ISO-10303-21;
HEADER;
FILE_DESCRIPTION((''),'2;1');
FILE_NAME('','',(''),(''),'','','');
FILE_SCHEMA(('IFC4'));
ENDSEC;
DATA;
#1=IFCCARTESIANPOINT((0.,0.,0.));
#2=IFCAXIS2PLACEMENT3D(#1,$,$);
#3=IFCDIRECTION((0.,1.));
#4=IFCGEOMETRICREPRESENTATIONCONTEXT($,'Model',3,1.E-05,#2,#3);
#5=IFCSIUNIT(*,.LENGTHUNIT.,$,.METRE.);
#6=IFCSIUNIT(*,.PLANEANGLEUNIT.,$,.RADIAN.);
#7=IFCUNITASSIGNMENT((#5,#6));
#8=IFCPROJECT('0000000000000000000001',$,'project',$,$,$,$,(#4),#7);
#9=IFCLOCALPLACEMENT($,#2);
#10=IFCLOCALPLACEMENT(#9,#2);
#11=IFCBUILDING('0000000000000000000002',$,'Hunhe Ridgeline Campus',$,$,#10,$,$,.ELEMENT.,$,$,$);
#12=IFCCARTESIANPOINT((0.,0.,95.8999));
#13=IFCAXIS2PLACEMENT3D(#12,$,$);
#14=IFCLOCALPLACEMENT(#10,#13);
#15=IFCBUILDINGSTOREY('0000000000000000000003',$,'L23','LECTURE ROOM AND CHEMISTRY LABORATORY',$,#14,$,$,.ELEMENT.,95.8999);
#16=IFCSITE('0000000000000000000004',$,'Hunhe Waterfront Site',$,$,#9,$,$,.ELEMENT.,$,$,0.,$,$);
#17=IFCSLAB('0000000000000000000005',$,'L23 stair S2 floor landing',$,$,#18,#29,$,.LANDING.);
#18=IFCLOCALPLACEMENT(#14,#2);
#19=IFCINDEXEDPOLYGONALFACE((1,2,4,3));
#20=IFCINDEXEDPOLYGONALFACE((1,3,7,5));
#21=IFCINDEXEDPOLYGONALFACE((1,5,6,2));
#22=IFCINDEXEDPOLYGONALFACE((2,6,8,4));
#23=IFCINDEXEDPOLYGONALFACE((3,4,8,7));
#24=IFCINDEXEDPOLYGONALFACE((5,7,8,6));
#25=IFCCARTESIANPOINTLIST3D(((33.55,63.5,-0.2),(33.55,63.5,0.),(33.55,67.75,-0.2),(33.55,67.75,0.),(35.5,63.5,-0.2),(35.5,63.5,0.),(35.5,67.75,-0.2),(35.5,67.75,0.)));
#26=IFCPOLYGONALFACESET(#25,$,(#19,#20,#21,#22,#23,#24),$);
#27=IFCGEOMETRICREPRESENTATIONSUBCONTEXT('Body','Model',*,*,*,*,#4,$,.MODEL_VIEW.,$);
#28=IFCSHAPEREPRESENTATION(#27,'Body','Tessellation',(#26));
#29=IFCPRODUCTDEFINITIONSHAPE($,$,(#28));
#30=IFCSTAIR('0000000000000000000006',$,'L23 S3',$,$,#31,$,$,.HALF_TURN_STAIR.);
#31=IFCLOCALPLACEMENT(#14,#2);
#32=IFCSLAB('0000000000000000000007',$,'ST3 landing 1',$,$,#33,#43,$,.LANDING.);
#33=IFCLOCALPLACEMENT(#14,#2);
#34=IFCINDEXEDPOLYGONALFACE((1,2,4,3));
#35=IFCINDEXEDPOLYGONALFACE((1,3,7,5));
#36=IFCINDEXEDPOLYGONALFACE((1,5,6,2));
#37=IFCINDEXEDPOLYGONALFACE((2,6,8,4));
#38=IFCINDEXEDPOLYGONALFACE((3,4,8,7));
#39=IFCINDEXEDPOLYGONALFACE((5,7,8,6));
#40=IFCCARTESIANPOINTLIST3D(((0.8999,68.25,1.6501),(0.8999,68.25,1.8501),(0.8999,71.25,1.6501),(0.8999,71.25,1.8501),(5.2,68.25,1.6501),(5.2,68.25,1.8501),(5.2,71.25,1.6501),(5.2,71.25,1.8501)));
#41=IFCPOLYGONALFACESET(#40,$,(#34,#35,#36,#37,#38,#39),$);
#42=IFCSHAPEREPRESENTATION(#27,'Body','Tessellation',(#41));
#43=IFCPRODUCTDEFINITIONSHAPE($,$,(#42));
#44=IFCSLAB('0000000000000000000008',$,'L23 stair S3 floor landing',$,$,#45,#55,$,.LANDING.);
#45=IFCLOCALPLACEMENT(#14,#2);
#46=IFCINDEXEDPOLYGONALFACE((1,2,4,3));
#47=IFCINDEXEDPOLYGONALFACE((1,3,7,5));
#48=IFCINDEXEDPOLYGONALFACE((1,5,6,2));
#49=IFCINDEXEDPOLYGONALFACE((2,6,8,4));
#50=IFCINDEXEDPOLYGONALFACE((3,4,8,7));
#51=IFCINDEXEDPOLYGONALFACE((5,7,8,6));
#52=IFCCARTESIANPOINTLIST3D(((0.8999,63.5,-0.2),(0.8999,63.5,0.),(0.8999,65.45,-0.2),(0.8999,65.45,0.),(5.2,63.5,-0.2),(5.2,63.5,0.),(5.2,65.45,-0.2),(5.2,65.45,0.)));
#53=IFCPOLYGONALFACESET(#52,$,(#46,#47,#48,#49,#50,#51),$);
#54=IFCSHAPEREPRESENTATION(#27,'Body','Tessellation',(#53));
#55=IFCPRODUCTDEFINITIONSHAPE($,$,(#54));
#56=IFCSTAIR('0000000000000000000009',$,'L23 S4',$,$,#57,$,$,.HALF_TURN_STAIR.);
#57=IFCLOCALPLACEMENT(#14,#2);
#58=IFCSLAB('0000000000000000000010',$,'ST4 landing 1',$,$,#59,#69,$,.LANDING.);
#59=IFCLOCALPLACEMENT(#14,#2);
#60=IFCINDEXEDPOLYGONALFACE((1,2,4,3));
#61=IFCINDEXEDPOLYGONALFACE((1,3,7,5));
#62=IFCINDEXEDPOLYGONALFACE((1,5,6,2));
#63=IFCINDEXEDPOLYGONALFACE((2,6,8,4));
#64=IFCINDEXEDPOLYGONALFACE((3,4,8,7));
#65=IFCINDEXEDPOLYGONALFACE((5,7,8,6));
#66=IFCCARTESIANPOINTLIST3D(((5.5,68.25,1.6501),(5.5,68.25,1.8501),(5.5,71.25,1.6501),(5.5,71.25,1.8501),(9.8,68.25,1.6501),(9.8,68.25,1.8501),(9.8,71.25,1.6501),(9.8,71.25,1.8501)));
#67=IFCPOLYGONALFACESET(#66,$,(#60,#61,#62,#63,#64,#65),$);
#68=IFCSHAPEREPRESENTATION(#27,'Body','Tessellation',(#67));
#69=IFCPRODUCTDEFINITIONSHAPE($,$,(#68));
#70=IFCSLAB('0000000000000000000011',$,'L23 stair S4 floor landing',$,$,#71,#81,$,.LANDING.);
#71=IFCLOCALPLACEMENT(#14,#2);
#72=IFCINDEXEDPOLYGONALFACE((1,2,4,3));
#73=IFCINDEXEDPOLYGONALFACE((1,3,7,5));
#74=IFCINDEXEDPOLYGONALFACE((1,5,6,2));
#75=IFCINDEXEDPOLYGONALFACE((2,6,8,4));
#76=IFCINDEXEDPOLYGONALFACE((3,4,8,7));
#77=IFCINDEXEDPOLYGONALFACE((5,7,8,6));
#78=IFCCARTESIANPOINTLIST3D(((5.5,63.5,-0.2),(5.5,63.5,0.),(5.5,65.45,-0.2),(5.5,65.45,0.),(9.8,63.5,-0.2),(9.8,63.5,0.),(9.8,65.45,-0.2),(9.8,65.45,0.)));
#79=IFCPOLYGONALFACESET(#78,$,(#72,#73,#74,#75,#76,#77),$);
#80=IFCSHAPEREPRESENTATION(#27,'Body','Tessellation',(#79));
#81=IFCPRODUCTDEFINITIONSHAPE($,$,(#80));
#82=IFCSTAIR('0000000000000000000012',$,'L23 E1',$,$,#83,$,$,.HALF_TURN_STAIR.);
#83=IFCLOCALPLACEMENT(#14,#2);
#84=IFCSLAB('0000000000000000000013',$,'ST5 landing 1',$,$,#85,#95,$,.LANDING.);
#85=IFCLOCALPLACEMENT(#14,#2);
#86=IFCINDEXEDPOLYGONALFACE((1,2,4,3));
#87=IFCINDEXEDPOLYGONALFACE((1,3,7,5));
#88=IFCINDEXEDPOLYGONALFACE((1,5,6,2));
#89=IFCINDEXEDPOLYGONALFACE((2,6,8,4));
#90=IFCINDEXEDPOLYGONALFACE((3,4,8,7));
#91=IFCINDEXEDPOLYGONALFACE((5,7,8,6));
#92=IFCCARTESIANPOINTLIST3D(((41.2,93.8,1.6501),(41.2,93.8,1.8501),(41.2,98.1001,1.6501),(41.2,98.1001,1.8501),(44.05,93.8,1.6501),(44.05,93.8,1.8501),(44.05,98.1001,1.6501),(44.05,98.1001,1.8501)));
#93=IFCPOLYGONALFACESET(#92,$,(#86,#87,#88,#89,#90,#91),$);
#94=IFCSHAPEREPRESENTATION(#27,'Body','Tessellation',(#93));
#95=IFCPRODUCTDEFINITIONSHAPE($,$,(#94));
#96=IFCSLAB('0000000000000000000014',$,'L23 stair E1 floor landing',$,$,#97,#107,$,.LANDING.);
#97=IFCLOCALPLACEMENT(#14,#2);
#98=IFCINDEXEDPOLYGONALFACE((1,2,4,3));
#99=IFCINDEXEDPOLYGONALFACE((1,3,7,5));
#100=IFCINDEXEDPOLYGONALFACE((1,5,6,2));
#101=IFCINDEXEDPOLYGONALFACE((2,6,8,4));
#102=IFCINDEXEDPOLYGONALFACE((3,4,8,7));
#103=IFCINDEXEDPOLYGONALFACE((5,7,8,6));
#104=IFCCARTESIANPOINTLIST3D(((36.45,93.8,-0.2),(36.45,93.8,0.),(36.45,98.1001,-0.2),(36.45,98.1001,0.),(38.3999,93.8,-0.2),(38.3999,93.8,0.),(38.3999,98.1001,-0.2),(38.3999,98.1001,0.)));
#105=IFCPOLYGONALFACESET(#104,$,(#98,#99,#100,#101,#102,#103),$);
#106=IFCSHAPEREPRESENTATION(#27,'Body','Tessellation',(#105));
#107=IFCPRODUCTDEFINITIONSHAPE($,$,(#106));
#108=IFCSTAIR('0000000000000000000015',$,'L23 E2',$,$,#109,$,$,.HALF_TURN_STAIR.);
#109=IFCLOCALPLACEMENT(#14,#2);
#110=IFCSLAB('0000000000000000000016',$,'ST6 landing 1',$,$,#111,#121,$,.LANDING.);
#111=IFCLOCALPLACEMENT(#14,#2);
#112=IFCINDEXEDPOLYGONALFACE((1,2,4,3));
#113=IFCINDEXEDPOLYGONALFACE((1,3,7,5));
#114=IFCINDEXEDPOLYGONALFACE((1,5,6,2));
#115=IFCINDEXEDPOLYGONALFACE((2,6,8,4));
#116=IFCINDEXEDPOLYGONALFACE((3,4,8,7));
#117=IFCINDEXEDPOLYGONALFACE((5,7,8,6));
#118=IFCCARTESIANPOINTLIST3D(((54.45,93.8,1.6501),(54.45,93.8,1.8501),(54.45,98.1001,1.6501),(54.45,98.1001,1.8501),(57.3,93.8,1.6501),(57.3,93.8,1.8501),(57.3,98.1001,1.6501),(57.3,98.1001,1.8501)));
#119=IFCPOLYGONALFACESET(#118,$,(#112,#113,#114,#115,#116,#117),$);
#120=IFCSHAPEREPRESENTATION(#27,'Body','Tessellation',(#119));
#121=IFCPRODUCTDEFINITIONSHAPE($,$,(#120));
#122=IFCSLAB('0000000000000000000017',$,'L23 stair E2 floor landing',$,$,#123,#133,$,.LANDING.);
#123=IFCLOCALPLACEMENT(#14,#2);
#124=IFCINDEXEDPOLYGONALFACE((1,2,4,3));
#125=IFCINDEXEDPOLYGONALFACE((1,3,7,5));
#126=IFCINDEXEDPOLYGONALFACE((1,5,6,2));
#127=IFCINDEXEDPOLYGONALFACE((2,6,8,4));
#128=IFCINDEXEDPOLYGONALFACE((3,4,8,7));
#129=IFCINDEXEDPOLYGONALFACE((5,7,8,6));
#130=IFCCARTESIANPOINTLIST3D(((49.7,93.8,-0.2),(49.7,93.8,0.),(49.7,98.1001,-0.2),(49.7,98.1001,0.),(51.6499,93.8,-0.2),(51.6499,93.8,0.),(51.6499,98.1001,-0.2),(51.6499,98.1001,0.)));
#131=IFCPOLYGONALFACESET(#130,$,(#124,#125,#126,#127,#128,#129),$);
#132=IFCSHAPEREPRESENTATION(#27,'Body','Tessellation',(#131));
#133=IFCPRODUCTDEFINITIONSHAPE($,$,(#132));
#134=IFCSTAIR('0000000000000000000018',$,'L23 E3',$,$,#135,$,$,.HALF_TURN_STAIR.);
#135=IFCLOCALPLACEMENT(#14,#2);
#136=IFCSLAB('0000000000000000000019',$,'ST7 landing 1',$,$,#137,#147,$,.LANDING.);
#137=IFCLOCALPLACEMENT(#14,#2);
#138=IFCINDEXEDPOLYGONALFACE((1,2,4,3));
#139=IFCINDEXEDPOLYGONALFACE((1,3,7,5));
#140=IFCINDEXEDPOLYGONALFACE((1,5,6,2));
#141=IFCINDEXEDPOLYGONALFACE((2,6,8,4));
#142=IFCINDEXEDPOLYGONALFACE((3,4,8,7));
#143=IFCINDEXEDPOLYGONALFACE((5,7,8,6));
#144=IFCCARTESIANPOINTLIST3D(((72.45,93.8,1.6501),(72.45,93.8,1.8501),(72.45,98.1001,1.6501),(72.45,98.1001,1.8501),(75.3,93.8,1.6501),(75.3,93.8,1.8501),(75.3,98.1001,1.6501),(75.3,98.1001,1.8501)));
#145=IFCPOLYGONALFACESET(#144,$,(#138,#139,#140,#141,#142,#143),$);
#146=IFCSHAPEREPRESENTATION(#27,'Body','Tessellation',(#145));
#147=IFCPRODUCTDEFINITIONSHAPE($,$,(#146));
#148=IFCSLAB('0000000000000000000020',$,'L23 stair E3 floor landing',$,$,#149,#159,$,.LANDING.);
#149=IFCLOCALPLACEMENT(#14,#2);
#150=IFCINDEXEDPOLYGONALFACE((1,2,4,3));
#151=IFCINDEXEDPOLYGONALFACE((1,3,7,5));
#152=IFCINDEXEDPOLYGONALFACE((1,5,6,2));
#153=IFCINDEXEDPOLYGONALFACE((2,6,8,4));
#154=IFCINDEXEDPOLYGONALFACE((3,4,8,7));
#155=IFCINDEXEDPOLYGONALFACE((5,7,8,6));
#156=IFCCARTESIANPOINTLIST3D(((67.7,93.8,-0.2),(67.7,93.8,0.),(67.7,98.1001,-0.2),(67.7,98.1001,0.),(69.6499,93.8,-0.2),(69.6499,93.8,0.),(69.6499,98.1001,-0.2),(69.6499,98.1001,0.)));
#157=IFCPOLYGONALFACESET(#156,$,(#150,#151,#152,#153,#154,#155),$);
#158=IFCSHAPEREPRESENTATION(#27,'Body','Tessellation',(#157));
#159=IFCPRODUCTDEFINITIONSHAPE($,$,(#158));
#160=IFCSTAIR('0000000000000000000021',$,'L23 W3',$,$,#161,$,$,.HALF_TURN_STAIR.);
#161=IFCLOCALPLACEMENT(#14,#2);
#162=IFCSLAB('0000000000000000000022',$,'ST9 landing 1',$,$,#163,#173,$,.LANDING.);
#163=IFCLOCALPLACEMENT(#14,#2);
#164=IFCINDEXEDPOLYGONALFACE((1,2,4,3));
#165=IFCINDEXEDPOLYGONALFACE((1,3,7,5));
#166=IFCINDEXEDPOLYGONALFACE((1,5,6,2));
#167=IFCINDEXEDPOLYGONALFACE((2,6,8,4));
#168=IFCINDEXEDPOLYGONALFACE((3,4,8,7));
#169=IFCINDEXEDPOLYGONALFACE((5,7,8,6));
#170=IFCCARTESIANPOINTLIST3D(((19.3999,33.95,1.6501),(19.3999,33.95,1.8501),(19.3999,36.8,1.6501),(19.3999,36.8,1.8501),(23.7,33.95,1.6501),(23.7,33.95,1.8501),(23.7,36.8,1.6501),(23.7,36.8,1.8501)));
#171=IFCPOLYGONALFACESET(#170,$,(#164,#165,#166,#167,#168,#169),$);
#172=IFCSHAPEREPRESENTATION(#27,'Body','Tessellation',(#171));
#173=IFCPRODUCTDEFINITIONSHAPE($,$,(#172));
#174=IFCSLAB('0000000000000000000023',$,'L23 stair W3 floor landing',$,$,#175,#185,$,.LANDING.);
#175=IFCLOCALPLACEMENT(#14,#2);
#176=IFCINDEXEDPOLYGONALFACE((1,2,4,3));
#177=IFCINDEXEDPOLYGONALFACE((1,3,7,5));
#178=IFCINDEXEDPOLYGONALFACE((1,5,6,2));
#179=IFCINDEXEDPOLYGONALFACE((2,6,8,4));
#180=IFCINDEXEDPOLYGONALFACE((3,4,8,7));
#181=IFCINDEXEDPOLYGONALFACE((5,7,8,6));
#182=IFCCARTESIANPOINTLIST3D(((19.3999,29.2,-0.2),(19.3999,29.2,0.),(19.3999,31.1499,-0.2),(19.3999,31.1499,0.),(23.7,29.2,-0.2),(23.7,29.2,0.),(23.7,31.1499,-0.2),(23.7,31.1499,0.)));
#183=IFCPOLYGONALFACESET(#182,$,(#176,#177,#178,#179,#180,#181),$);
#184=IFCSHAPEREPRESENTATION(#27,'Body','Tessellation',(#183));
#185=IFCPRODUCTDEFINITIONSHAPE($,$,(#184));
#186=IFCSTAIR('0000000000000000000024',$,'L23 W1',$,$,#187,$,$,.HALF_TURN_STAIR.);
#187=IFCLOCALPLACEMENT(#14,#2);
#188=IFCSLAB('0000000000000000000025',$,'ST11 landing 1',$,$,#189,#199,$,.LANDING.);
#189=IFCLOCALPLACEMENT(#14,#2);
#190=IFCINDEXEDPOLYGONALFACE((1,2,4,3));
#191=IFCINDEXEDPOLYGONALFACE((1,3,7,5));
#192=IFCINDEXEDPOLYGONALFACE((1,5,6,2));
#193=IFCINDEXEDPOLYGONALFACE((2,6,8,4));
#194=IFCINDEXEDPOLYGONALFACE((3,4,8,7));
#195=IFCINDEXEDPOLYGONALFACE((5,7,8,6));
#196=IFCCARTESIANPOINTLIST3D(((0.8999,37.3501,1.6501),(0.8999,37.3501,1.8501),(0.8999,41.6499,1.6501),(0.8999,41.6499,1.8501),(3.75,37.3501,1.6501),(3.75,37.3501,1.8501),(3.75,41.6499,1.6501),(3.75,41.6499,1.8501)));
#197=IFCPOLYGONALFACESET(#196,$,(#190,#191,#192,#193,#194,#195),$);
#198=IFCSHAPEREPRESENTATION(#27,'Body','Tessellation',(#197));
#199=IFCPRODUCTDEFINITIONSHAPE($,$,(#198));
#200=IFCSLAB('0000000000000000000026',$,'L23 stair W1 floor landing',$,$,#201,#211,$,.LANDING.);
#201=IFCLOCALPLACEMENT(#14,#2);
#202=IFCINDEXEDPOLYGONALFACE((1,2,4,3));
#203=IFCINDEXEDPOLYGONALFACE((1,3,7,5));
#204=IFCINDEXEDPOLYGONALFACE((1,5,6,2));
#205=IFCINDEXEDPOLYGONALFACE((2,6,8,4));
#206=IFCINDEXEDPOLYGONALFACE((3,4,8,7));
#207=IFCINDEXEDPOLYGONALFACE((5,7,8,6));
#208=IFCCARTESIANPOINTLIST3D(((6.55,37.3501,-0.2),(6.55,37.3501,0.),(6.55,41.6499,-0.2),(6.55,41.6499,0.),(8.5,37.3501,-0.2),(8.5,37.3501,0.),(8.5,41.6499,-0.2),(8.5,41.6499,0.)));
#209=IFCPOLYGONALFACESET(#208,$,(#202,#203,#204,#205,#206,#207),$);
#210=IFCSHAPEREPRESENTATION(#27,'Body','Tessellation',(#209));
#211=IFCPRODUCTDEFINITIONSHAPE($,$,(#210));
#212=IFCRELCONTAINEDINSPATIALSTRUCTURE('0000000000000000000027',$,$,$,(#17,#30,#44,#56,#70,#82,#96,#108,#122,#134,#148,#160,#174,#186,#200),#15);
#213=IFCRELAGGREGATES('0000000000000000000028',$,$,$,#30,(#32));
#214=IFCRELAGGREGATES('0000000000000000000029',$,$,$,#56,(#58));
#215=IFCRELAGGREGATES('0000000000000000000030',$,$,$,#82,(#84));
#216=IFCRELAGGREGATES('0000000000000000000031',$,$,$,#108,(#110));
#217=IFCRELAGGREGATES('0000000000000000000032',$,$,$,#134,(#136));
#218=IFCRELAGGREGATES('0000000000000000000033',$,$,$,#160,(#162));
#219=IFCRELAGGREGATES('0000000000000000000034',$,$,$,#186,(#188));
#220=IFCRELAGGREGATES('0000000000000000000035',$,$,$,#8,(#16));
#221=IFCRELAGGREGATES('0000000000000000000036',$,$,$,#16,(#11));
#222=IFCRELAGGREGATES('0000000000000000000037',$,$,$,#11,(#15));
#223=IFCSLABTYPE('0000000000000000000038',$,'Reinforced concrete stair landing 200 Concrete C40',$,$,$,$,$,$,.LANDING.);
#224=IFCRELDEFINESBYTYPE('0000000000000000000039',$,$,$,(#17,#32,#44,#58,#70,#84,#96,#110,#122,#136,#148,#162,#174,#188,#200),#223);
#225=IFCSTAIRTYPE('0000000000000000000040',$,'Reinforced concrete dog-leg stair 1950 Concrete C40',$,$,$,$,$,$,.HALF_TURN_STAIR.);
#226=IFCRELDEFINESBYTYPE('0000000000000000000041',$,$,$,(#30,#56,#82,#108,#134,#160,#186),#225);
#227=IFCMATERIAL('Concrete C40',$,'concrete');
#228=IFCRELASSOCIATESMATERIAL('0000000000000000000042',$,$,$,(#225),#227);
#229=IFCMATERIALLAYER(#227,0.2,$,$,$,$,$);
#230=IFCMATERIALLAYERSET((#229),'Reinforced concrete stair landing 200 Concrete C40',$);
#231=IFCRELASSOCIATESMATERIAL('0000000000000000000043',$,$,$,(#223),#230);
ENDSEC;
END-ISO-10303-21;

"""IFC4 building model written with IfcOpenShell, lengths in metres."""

from ifc_helpers import new_model, si_unit, direction, frame, origin, place, context, subcontext, project, spatial, polyline, outline, extrude, material, layer, layer_set, type_object, element, aggregate, save


model = new_model("IFC4")

# Units and contexts
model_context = context("Model", 3, precision=1e-05, world=origin(), true_north=direction((0.0, 1.0)))
body_context = subcontext(model_context, "Body", "Model", "MODEL_VIEW")
ifc_project = project(units=[si_unit("LENGTHUNIT", "METRE"), si_unit("PLANEANGLEUNIT", "RADIAN")], contexts=[model_context])

# Site, building, storey
site_placement = place(None, origin())
site = spatial("IfcSite", under=ifc_project, at=site_placement, Name="Hunhe Waterfront Site", CompositionType="ELEMENT", RefElevation=0.0)
building_placement = place(site_placement, origin())
building = spatial("IfcBuilding", under=site, at=building_placement, Name="Hunhe Ridgeline Campus", CompositionType="ELEMENT")
storey_placement = place(building_placement, frame((0.0, 0.0, 95.8999)))
storey = spatial("IfcBuildingStorey", under=building, at=storey_placement, Name="L23", Description="LECTURE ROOM AND CHEMISTRY LABORATORY", CompositionType="ELEMENT", Elevation=95.8999)

# Shared definitions
ifc_material_1 = material(Name="Concrete C40", Category="concrete")

# Shared definitions
stair_type = type_object("IfcStairType", Name="Reinforced concrete dog-leg stair 1950 Concrete C40", PredefinedType="HALF_TURN_STAIR", material=ifc_material_1)
ifc_layer_1 = layer(ifc_material_1, 0.2)
ifc_layer_set_1 = layer_set([ifc_layer_1], Name="Reinforced concrete stair landing 200 Concrete C40")
slab_type_1 = type_object("IfcSlabType", Name="Reinforced concrete stair landing 200 Concrete C40", PredefinedType="LANDING", material=ifc_layer_set_1)

# Slab
slab_1_placement = place(storey_placement, frame((0.0, 0.0, -0.2)))
element("IfcSlab", 1, at=slab_1_placement, inside=storey, type_object=slab_type_1, Name="L23 stair S2 floor landing", PredefinedType="LANDING", context=body_context, shape_type="SweptSolid", body=[
    extrude(outline(polyline([(35.5, 67.75), (33.55, 67.75), (33.55, 63.5), (35.5, 63.5), (35.5, 67.75)])), origin(), (0.0, 0.0, 1.0), 0.2),
])

# Stair, slab
stair_1_placement = place(storey_placement, origin())
stair_1 = element("IfcStair", 2, at=stair_1_placement, inside=storey, type_object=stair_type, Name="L23 S3", PredefinedType="HALF_TURN_STAIR")
slab_2_placement = place(storey_placement, frame((0.0, 0.0, 1.6501)))
slab_2 = element("IfcSlab", 3, at=slab_2_placement, type_object=slab_type_1, Name="ST3 landing 1", PredefinedType="LANDING", context=body_context, shape_type="SweptSolid", body=[
    extrude(outline(polyline([(5.2, 68.25), (5.2, 71.25), (0.8999, 71.25), (0.8999, 68.25), (5.2, 68.25)])), origin(), (0.0, 0.0, 1.0), 0.2),
])
aggregate(stair_1, [slab_2])

# Slab
slab_3_placement = place(storey_placement, frame((0.0, 0.0, -0.2)))
element("IfcSlab", 4, at=slab_3_placement, inside=storey, type_object=slab_type_1, Name="L23 stair S3 floor landing", PredefinedType="LANDING", context=body_context, shape_type="SweptSolid", body=[
    extrude(outline(polyline([(5.2, 63.5), (5.2, 65.45), (0.8999, 65.45), (0.8999, 63.5), (5.2, 63.5)])), origin(), (0.0, 0.0, 1.0), 0.2),
])

# Stair, slab
stair_2_placement = place(storey_placement, origin())
stair_2 = element("IfcStair", 5, at=stair_2_placement, inside=storey, type_object=stair_type, Name="L23 S4", PredefinedType="HALF_TURN_STAIR")
slab_4_placement = place(storey_placement, frame((0.0, 0.0, 1.6501)))
slab_4 = element("IfcSlab", 6, at=slab_4_placement, type_object=slab_type_1, Name="ST4 landing 1", PredefinedType="LANDING", context=body_context, shape_type="SweptSolid", body=[
    extrude(outline(polyline([(9.8, 68.25), (9.8, 71.25), (5.5, 71.25), (5.5, 68.25), (9.8, 68.25)])), origin(), (0.0, 0.0, 1.0), 0.2),
])
aggregate(stair_2, [slab_4])

# Slab
slab_5_placement = place(storey_placement, frame((0.0, 0.0, -0.2)))
element("IfcSlab", 7, at=slab_5_placement, inside=storey, type_object=slab_type_1, Name="L23 stair S4 floor landing", PredefinedType="LANDING", context=body_context, shape_type="SweptSolid", body=[
    extrude(outline(polyline([(9.8, 63.5), (9.8, 65.45), (5.5, 65.45), (5.5, 63.5), (9.8, 63.5)])), origin(), (0.0, 0.0, 1.0), 0.2),
])

# Stair, slab
stair_3_placement = place(storey_placement, origin())
stair_3 = element("IfcStair", 8, at=stair_3_placement, inside=storey, type_object=stair_type, Name="L23 E1", PredefinedType="HALF_TURN_STAIR")
slab_6_placement = place(storey_placement, frame((0.0, 0.0, 1.6501)))
slab_6 = element("IfcSlab", 9, at=slab_6_placement, type_object=slab_type_1, Name="ST5 landing 1", PredefinedType="LANDING", context=body_context, shape_type="SweptSolid", body=[
    extrude(outline(polyline([(41.2, 93.8), (44.05, 93.8), (44.05, 98.1001), (41.2, 98.1001), (41.2, 93.8)])), origin(), (0.0, 0.0, 1.0), 0.2),
])
aggregate(stair_3, [slab_6])

# Slab
slab_7_placement = place(storey_placement, frame((0.0, 0.0, -0.2)))
element("IfcSlab", 10, at=slab_7_placement, inside=storey, type_object=slab_type_1, Name="L23 stair E1 floor landing", PredefinedType="LANDING", context=body_context, shape_type="SweptSolid", body=[
    extrude(outline(polyline([(36.45, 93.8), (38.3999, 93.8), (38.3999, 98.1001), (36.45, 98.1001), (36.45, 93.8)])), origin(), (0.0, 0.0, 1.0), 0.2),
])

# Stair, slab
stair_4_placement = place(storey_placement, origin())
stair_4 = element("IfcStair", 11, at=stair_4_placement, inside=storey, type_object=stair_type, Name="L23 E2", PredefinedType="HALF_TURN_STAIR")
slab_8_placement = place(storey_placement, frame((0.0, 0.0, 1.6501)))
slab_8 = element("IfcSlab", 12, at=slab_8_placement, type_object=slab_type_1, Name="ST6 landing 1", PredefinedType="LANDING", context=body_context, shape_type="SweptSolid", body=[
    extrude(outline(polyline([(54.45, 93.8), (57.3, 93.8), (57.3, 98.1001), (54.45, 98.1001), (54.45, 93.8)])), origin(), (0.0, 0.0, 1.0), 0.2),
])
aggregate(stair_4, [slab_8])

# Slab
slab_9_placement = place(storey_placement, frame((0.0, 0.0, -0.2)))
element("IfcSlab", 13, at=slab_9_placement, inside=storey, type_object=slab_type_1, Name="L23 stair E2 floor landing", PredefinedType="LANDING", context=body_context, shape_type="SweptSolid", body=[
    extrude(outline(polyline([(49.7, 93.8), (51.6499, 93.8), (51.6499, 98.1001), (49.7, 98.1001), (49.7, 93.8)])), origin(), (0.0, 0.0, 1.0), 0.2),
])

# Stair, slab
stair_5_placement = place(storey_placement, origin())
stair_5 = element("IfcStair", 14, at=stair_5_placement, inside=storey, type_object=stair_type, Name="L23 E3", PredefinedType="HALF_TURN_STAIR")
slab_10_placement = place(storey_placement, frame((0.0, 0.0, 1.6501)))
slab_10 = element("IfcSlab", 15, at=slab_10_placement, type_object=slab_type_1, Name="ST7 landing 1", PredefinedType="LANDING", context=body_context, shape_type="SweptSolid", body=[
    extrude(outline(polyline([(72.45, 93.8), (75.3, 93.8), (75.3, 98.1001), (72.45, 98.1001), (72.45, 93.8)])), origin(), (0.0, 0.0, 1.0), 0.2),
])
aggregate(stair_5, [slab_10])

# Slab
slab_11_placement = place(storey_placement, frame((0.0, 0.0, -0.2)))
element("IfcSlab", 16, at=slab_11_placement, inside=storey, type_object=slab_type_1, Name="L23 stair E3 floor landing", PredefinedType="LANDING", context=body_context, shape_type="SweptSolid", body=[
    extrude(outline(polyline([(67.7, 93.8), (69.6499, 93.8), (69.6499, 98.1001), (67.7, 98.1001), (67.7, 93.8)])), origin(), (0.0, 0.0, 1.0), 0.2),
])

# Stair, slab
stair_6_placement = place(storey_placement, origin())
stair_6 = element("IfcStair", 17, at=stair_6_placement, inside=storey, type_object=stair_type, Name="L23 W3", PredefinedType="HALF_TURN_STAIR")
slab_12_placement = place(storey_placement, frame((0.0, 0.0, 1.6501)))
slab_12 = element("IfcSlab", 18, at=slab_12_placement, type_object=slab_type_1, Name="ST9 landing 1", PredefinedType="LANDING", context=body_context, shape_type="SweptSolid", body=[
    extrude(outline(polyline([(23.7, 33.95), (23.7, 36.8), (19.3999, 36.8), (19.3999, 33.95), (23.7, 33.95)])), origin(), (0.0, 0.0, 1.0), 0.2),
])
aggregate(stair_6, [slab_12])

# Slab
slab_13_placement = place(storey_placement, frame((0.0, 0.0, -0.2)))
element("IfcSlab", 19, at=slab_13_placement, inside=storey, type_object=slab_type_1, Name="L23 stair W3 floor landing", PredefinedType="LANDING", context=body_context, shape_type="SweptSolid", body=[
    extrude(outline(polyline([(23.7, 29.2), (23.7, 31.1499), (19.3999, 31.1499), (19.3999, 29.2), (23.7, 29.2)])), origin(), (0.0, 0.0, 1.0), 0.2),
])

# Stair, slab
stair_7_placement = place(storey_placement, origin())
stair_7 = element("IfcStair", 20, at=stair_7_placement, inside=storey, type_object=stair_type, Name="L23 W1", PredefinedType="HALF_TURN_STAIR")
slab_14_placement = place(storey_placement, frame((0.0, 0.0, 1.6501)))
slab_14 = element("IfcSlab", 21, at=slab_14_placement, type_object=slab_type_1, Name="ST11 landing 1", PredefinedType="LANDING", context=body_context, shape_type="SweptSolid", body=[
    extrude(outline(polyline([(3.75, 41.6499), (0.8999, 41.6499), (0.8999, 37.3501), (3.75, 37.3501), (3.75, 41.6499)])), origin(), (0.0, 0.0, 1.0), 0.2),
])
aggregate(stair_7, [slab_14])

# Slab
slab_15_placement = place(storey_placement, frame((0.0, 0.0, -0.2)))
element("IfcSlab", 22, at=slab_15_placement, inside=storey, type_object=slab_type_1, Name="L23 stair W1 floor landing", PredefinedType="LANDING", context=body_context, shape_type="SweptSolid", body=[
    extrude(outline(polyline([(8.5, 41.6499), (6.55, 41.6499), (6.55, 37.3501), (8.5, 37.3501), (8.5, 41.6499)])), origin(), (0.0, 0.0, 1.0), 0.2),
])

save(model, "model.ifc")
